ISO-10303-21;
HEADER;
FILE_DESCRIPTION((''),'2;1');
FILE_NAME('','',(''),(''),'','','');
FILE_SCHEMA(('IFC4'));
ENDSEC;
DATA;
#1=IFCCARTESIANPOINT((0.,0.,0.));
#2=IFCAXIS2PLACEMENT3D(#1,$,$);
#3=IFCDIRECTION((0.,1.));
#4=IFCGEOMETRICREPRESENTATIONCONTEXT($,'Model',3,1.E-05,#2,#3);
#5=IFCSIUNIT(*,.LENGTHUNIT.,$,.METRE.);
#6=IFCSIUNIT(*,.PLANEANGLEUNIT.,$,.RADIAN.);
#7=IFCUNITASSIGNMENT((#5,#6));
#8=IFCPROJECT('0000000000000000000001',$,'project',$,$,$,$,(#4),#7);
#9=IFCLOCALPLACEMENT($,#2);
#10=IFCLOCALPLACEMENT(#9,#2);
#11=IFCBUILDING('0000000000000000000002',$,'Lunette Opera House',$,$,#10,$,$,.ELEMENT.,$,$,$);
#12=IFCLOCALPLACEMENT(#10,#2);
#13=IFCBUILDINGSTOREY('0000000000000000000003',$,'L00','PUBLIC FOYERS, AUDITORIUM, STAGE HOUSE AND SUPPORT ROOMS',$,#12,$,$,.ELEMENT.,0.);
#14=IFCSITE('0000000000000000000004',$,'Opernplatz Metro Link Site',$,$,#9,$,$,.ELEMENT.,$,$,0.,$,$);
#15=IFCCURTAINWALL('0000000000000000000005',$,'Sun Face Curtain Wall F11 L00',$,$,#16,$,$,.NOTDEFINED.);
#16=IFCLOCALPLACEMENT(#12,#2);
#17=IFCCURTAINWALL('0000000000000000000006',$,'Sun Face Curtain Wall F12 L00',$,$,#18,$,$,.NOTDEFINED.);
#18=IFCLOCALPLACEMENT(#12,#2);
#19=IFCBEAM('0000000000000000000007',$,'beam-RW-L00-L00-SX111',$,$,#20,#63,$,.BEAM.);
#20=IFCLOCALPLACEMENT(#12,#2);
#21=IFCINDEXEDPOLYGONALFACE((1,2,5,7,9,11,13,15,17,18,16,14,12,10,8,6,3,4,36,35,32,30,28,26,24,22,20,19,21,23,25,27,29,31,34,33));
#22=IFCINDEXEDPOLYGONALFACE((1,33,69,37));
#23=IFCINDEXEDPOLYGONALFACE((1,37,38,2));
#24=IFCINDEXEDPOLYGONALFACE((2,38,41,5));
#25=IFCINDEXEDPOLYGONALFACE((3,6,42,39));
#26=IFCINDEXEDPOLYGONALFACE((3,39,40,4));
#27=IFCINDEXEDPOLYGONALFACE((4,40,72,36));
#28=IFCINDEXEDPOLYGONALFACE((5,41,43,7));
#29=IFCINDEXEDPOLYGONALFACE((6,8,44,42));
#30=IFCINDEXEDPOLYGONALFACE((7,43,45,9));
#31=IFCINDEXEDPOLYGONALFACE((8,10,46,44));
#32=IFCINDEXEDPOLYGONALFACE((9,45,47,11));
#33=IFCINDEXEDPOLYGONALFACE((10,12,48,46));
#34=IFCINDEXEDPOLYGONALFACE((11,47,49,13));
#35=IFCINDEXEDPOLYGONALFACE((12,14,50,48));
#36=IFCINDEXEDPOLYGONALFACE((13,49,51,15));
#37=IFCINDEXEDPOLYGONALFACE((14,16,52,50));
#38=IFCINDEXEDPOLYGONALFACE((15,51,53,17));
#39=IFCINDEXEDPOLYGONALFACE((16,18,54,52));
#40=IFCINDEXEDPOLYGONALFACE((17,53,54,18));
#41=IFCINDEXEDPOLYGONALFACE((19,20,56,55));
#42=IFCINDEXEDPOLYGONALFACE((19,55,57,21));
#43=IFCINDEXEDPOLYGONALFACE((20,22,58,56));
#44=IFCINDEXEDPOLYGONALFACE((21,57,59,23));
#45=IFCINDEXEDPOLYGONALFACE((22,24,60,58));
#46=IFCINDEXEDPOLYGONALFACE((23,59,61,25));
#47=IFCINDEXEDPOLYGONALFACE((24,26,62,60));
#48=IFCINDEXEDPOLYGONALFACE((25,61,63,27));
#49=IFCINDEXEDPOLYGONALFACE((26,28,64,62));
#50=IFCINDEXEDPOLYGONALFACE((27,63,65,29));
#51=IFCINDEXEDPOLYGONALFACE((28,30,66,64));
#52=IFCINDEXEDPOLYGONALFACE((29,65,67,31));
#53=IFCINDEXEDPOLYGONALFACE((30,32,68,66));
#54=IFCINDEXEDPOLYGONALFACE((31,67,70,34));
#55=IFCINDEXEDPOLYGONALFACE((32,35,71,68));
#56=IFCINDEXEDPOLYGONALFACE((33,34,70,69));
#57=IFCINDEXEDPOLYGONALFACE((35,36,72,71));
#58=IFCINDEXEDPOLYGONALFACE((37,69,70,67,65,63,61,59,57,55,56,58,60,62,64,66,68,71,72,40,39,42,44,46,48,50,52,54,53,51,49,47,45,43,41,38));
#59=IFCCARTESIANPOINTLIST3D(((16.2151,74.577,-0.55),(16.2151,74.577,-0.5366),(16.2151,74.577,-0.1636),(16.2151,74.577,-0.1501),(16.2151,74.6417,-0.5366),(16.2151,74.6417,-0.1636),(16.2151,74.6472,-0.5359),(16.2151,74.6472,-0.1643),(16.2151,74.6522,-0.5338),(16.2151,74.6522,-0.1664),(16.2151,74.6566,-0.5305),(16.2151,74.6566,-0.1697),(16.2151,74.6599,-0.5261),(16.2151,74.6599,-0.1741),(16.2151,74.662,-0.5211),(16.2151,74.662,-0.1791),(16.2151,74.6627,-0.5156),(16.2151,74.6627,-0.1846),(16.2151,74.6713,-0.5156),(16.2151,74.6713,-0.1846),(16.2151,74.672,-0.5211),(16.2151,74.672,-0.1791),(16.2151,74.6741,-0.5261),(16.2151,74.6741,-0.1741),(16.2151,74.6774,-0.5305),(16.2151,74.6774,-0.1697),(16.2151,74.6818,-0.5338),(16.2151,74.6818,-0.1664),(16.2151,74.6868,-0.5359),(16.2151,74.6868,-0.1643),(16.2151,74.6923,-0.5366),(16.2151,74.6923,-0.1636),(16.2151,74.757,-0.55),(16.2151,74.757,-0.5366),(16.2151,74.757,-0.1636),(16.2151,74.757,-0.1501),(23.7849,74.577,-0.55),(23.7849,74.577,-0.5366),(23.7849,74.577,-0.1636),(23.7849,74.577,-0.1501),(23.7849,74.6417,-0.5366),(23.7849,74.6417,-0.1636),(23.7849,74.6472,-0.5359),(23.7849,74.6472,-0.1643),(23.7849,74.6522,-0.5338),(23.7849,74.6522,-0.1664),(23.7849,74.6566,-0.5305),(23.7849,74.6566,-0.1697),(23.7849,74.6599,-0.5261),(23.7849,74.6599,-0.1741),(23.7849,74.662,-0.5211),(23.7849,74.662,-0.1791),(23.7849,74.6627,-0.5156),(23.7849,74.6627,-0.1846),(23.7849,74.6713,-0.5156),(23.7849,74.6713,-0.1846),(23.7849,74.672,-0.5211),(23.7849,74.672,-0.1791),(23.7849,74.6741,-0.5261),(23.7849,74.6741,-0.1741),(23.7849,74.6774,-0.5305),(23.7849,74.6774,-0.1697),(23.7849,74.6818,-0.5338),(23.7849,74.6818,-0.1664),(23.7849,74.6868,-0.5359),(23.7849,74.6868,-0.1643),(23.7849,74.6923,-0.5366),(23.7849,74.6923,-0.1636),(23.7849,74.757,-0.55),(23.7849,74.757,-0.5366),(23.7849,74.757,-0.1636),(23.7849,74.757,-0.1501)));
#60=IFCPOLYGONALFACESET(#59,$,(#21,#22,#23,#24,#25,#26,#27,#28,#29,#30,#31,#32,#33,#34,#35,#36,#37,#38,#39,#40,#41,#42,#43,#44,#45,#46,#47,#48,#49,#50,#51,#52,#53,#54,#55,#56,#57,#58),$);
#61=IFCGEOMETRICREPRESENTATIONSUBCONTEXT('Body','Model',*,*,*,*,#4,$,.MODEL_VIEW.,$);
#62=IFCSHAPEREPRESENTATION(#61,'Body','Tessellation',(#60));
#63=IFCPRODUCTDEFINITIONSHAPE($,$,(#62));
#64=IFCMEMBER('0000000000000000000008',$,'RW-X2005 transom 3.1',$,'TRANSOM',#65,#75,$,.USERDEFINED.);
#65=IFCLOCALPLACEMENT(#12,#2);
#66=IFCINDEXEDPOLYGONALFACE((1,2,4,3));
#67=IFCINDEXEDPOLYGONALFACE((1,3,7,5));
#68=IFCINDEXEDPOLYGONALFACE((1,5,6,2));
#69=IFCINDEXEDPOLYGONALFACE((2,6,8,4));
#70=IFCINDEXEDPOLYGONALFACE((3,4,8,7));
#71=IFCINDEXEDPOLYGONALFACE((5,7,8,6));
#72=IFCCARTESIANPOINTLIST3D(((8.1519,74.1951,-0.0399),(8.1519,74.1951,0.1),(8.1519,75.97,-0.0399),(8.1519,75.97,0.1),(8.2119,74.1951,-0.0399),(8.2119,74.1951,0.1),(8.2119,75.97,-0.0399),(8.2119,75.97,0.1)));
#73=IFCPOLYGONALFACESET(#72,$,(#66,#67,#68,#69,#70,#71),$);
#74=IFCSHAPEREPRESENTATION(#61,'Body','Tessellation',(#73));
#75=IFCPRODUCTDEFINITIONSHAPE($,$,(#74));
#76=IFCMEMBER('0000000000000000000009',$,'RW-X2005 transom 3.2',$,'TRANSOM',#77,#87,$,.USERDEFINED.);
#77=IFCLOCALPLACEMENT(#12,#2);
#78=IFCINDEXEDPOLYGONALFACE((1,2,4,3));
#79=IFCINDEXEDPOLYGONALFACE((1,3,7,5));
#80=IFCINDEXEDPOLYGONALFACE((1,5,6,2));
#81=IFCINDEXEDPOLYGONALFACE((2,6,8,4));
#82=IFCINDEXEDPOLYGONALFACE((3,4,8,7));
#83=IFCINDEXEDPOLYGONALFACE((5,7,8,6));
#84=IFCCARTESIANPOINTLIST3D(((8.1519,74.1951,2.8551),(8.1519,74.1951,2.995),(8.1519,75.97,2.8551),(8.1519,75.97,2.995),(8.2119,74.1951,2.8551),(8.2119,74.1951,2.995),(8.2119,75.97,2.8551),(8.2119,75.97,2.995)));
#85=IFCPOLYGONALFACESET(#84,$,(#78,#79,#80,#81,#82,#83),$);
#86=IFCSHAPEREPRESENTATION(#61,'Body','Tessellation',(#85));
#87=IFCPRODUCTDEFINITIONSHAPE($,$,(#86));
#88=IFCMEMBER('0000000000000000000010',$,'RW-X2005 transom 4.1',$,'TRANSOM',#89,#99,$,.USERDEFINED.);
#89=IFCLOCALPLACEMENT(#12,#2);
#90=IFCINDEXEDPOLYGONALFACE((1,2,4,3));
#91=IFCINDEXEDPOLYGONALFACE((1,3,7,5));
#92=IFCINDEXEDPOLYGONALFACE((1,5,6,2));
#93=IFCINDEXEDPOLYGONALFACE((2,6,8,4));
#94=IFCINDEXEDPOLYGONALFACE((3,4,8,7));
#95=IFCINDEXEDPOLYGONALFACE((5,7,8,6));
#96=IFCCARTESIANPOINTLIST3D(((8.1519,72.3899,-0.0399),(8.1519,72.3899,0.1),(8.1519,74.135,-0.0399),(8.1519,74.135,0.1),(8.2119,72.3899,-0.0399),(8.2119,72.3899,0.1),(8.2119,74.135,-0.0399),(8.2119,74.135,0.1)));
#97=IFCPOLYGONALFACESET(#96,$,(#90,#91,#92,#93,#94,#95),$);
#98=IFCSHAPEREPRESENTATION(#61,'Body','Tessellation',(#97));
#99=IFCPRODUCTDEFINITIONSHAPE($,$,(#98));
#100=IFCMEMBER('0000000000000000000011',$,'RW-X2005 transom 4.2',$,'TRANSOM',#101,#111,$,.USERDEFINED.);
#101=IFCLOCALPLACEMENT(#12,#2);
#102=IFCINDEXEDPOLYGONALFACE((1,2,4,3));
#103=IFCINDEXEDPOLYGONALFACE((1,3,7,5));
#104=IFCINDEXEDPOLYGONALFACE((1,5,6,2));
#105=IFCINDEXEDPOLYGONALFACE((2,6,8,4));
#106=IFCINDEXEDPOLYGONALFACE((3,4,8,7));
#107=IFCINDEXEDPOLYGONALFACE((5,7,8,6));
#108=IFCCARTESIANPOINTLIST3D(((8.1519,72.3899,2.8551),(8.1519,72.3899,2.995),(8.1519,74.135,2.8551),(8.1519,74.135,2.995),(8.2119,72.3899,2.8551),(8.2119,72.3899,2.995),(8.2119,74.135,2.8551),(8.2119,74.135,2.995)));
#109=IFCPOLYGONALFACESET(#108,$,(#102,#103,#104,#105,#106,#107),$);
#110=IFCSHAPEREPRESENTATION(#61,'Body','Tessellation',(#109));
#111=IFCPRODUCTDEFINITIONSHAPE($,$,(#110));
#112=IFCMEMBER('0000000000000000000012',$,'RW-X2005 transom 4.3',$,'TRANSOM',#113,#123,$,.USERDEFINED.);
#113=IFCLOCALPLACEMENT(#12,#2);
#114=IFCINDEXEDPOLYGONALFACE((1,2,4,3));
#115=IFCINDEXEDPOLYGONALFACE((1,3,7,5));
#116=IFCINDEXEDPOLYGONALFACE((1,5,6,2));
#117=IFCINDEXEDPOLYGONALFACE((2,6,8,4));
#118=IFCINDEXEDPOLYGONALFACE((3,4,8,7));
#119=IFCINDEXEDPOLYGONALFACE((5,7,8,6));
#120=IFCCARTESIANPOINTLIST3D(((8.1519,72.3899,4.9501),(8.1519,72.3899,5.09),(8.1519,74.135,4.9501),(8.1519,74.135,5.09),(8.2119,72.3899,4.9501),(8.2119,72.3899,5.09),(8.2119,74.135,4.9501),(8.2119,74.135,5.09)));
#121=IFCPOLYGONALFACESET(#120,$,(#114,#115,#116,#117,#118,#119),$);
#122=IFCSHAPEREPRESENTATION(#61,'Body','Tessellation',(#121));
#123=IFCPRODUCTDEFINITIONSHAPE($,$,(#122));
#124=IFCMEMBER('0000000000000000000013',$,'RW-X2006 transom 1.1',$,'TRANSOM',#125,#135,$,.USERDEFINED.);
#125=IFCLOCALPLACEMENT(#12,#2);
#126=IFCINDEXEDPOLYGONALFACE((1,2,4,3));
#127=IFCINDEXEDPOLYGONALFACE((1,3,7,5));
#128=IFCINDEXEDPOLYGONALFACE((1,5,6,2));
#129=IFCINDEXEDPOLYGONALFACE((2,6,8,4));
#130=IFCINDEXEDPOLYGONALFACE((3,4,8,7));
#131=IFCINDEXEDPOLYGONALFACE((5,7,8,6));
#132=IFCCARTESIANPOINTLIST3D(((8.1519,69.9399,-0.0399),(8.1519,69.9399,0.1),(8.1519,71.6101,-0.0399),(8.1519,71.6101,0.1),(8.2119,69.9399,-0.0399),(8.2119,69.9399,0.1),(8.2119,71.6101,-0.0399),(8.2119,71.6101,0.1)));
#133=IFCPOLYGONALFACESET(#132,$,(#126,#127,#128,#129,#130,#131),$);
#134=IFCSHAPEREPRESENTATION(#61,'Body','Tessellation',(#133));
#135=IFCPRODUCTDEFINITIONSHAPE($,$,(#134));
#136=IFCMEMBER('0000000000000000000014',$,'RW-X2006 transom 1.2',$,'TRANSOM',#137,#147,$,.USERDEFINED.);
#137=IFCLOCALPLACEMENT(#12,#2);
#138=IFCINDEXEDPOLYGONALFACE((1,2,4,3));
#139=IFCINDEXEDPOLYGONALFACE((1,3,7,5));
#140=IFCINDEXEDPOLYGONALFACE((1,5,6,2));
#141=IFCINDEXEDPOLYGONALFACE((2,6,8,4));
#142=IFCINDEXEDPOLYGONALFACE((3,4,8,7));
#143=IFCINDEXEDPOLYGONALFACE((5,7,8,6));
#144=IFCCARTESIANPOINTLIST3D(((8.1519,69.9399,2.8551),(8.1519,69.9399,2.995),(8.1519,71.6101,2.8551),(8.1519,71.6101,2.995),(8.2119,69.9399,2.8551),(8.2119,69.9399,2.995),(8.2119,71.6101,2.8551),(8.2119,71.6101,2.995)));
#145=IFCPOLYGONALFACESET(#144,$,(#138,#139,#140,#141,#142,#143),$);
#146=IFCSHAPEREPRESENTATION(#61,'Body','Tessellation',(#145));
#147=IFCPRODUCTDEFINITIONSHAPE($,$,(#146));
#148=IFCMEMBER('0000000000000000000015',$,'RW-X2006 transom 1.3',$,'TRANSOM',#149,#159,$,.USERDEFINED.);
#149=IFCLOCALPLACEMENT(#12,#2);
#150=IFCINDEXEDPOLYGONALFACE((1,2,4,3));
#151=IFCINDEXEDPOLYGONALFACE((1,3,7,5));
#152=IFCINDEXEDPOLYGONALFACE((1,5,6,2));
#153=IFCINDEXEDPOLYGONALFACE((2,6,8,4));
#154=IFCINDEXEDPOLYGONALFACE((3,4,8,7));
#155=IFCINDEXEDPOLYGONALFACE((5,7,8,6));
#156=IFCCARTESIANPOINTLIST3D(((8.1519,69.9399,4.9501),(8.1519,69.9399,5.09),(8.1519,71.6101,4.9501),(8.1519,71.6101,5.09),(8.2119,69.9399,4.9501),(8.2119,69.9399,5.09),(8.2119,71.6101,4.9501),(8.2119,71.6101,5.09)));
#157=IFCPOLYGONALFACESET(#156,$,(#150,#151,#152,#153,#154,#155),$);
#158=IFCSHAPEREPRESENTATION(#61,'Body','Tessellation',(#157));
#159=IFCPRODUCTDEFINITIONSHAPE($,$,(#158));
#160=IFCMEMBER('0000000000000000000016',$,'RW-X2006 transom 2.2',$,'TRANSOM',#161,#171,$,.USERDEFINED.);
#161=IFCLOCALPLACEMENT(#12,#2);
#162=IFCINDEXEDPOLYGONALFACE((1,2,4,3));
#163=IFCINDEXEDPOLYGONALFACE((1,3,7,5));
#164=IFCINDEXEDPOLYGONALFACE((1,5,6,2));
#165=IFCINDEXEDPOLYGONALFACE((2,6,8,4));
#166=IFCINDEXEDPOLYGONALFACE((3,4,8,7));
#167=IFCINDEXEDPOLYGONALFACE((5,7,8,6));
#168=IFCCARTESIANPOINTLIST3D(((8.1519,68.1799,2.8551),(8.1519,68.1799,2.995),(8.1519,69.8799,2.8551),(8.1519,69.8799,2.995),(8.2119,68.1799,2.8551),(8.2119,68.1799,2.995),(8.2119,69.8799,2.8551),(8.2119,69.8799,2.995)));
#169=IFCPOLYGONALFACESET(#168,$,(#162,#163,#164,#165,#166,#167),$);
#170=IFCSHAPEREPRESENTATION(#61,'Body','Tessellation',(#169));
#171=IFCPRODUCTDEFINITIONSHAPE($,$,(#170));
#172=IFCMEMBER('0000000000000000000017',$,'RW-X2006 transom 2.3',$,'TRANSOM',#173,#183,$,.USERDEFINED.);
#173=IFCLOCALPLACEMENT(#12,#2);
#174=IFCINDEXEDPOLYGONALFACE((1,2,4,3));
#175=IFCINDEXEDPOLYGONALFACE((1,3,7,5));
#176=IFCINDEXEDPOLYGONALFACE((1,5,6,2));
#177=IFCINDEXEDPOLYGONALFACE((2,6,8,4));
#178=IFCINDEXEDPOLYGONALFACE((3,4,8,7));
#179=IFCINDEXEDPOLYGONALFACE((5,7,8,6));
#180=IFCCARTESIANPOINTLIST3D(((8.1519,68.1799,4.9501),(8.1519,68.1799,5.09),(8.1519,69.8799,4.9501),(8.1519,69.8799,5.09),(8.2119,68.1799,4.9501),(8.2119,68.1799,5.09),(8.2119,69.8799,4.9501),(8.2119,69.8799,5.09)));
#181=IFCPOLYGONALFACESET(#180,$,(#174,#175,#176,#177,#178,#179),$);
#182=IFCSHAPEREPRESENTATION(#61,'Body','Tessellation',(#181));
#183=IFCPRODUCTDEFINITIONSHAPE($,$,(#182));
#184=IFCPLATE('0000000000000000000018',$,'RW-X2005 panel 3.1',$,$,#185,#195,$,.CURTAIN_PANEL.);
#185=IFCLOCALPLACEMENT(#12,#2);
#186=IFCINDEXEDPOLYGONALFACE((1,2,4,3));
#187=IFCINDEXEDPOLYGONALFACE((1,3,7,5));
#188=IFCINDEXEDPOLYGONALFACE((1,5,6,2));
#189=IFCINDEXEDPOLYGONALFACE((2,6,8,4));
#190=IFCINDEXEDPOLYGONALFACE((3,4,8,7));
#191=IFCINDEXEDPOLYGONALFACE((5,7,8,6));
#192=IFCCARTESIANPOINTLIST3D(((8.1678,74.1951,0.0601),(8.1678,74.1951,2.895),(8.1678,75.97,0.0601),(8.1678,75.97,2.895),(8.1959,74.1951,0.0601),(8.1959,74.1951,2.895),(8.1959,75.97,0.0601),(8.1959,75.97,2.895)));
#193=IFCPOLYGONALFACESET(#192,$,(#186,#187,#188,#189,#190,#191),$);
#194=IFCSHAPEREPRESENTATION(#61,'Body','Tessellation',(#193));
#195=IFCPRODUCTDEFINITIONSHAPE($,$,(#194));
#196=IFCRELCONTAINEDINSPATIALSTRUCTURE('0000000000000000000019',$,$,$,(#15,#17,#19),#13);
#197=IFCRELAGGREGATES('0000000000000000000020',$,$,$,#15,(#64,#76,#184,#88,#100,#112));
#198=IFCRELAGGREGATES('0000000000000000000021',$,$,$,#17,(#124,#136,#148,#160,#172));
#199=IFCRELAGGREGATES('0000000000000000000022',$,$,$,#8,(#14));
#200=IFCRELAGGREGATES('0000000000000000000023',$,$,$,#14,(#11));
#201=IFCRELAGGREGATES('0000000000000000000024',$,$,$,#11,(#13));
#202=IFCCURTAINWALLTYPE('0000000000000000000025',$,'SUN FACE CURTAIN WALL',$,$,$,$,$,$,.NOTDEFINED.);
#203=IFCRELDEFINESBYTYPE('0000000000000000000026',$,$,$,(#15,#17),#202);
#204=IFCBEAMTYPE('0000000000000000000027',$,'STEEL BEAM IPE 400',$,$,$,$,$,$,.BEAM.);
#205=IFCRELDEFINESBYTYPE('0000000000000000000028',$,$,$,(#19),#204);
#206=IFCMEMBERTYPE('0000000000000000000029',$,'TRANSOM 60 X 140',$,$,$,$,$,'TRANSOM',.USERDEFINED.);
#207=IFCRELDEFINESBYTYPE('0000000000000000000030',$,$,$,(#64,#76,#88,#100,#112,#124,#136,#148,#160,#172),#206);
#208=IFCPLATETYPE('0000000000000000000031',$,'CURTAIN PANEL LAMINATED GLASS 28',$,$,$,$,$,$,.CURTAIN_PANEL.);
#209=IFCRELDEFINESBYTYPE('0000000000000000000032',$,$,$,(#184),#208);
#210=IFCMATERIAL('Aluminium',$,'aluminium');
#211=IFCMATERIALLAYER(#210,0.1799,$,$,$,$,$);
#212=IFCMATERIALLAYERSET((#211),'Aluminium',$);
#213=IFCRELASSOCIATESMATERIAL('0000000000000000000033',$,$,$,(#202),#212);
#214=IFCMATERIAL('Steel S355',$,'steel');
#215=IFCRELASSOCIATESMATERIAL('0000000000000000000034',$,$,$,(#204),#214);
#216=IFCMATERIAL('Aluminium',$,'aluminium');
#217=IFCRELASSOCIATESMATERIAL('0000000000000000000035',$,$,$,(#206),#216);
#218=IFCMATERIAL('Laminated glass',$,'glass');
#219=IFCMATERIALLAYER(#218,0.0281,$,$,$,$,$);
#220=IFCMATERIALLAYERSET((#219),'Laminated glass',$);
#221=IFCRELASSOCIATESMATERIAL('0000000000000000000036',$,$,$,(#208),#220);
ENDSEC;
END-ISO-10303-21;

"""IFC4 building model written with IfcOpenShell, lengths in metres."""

from ifc_helpers import new_model, si_unit, direction, frame, origin, origin_2d, place, context, subcontext, project, spatial, rectangle, i_section, extrude, material, layer, layer_set, material_profile, profile_set, type_object, element, aggregate, save


model = new_model("IFC4")

# Units and contexts
model_context = context("Model", 3, precision=1e-05, world=origin(), true_north=direction((0.0, 1.0)))
body_context = subcontext(model_context, "Body", "Model", "MODEL_VIEW")
ifc_project = project(units=[si_unit("LENGTHUNIT", "METRE"), si_unit("PLANEANGLEUNIT", "RADIAN")], contexts=[model_context])

# Site, building, storey
site_placement = place(None, origin())
site = spatial("IfcSite", under=ifc_project, at=site_placement, Name="Opernplatz Metro Link Site", CompositionType="ELEMENT", RefElevation=0.0)
building_placement = place(site_placement, origin())
building = spatial("IfcBuilding", under=site, at=building_placement, Name="Lunette Opera House", CompositionType="ELEMENT")
storey_placement = place(building_placement, origin())
storey = spatial("IfcBuildingStorey", under=building, at=storey_placement, Name="L00", Description="PUBLIC FOYERS, AUDITORIUM, STAGE HOUSE AND SUPPORT ROOMS", CompositionType="ELEMENT", Elevation=0.0)

# Curtain walls
ifc_material_1 = material(Name="Aluminium", Category="aluminium")
ifc_layer_1 = layer(ifc_material_1, 0.1799)
ifc_layer_set_1 = layer_set([ifc_layer_1], Name="Aluminium")
curtain_wall_type = type_object("IfcCurtainWallType", Name="SUN FACE CURTAIN WALL", PredefinedType="NOTDEFINED", material=ifc_layer_set_1)
curtain_wall_1_placement = place(storey_placement, origin())
curtain_wall_1 = element("IfcCurtainWall", 1, at=curtain_wall_1_placement, inside=storey, type_object=curtain_wall_type, Name="Sun Face Curtain Wall F11 L00", PredefinedType="NOTDEFINED")
curtain_wall_2_placement = place(storey_placement, origin())
curtain_wall_2 = element("IfcCurtainWall", 2, at=curtain_wall_2_placement, inside=storey, type_object=curtain_wall_type, Name="Sun Face Curtain Wall F12 L00", PredefinedType="NOTDEFINED")

# Beam
ifc_material_2 = material(Name="Steel S355", Category="steel")
ifc_material_profile_1 = material_profile(ifc_material_2, i_section(OverallWidth=0.1799, OverallDepth=0.3999, WebThickness=0.0085, FlangeThickness=0.0134, FilletRadius=0.021, at=origin_2d()), Name="IPE 400")
ifc_profile_set_1 = profile_set([ifc_material_profile_1], Name="Steel S355")
beam_type_1 = type_object("IfcBeamType", Name="STEEL BEAM IPE 400", PredefinedType="BEAM", material=ifc_profile_set_1)
beam_1_placement = place(storey_placement, frame((16.2151, 74.667, -0.3501), z_axis=(1.0, 0.0, 0.0), x_axis=(0.0, 1.0, 0.0)))
element("IfcBeam", 3, at=beam_1_placement, inside=storey, type_object=beam_type_1, Name="beam-RW-L00-L00-SX111", PredefinedType="BEAM", context=body_context, shape_type="SweptSolid", body=[
    extrude(i_section(OverallWidth=0.1799, OverallDepth=0.3999, WebThickness=0.0085, FlangeThickness=0.0134, FilletRadius=0.021, at=origin_2d()), origin(), (0.0, 0.0, 1.0), 7.5698),
])

# Members
ifc_material_3 = material(Name="Aluminium", Category="aluminium")
ifc_material_profile_2 = material_profile(ifc_material_3, rectangle(XDim=0.0601, YDim=0.1399, at=origin_2d()), Name="TRANSOM 60 X 140")
ifc_profile_set_2 = profile_set([ifc_material_profile_2], Name="Aluminium")
member_type_1 = type_object("IfcMemberType", Name="TRANSOM 60 X 140", ElementType="TRANSOM", PredefinedType="USERDEFINED", material=ifc_profile_set_2)
member_1_placement = place(storey_placement, frame((8.1819, 75.97, 0.03), z_axis=(0.0, -1.0, 0.0), x_axis=(1.0, 0.0, 0.0)))
member_1 = element("IfcMember", 4, at=member_1_placement, type_object=member_type_1, Name="RW-X2005 transom 3.1", ObjectType="TRANSOM", PredefinedType="USERDEFINED", context=body_context, shape_type="SweptSolid", body=[
    extrude(rectangle(XDim=0.0601, YDim=0.1399, at=origin_2d()), origin(), (0.0, 0.0, 1.0), 1.7749),
])
member_2_placement = place(storey_placement, frame((8.1819, 75.97, 2.925), z_axis=(0.0, -1.0, 0.0), x_axis=(1.0, 0.0, 0.0)))
member_2 = element("IfcMember", 5, at=member_2_placement, type_object=member_type_1, Name="RW-X2005 transom 3.2", ObjectType="TRANSOM", PredefinedType="USERDEFINED", context=body_context, shape_type="SweptSolid", body=[
    extrude(rectangle(XDim=0.0601, YDim=0.1399, at=origin_2d()), origin(), (0.0, 0.0, 1.0), 1.7749),
])
member_3_placement = place(storey_placement, frame((8.1819, 74.135, 0.03), z_axis=(0.0, -1.0, 0.0), x_axis=(1.0, 0.0, 0.0)))
member_3 = element("IfcMember", 6, at=member_3_placement, type_object=member_type_1, Name="RW-X2005 transom 4.1", ObjectType="TRANSOM", PredefinedType="USERDEFINED", context=body_context, shape_type="SweptSolid", body=[
    extrude(rectangle(XDim=0.0601, YDim=0.1399, at=origin_2d()), origin(), (0.0, 0.0, 1.0), 1.7451),
])
member_4_placement = place(storey_placement, frame((8.1819, 74.135, 2.925), z_axis=(0.0, -1.0, 0.0), x_axis=(1.0, 0.0, 0.0)))
member_4 = element("IfcMember", 7, at=member_4_placement, type_object=member_type_1, Name="RW-X2005 transom 4.2", ObjectType="TRANSOM", PredefinedType="USERDEFINED", context=body_context, shape_type="SweptSolid", body=[
    extrude(rectangle(XDim=0.0601, YDim=0.1399, at=origin_2d()), origin(), (0.0, 0.0, 1.0), 1.7451),
])
member_5_placement = place(storey_placement, frame((8.1819, 74.135, 5.02), z_axis=(0.0, -1.0, 0.0), x_axis=(1.0, 0.0, 0.0)))
member_5 = element("IfcMember", 8, at=member_5_placement, type_object=member_type_1, Name="RW-X2005 transom 4.3", ObjectType="TRANSOM", PredefinedType="USERDEFINED", context=body_context, shape_type="SweptSolid", body=[
    extrude(rectangle(XDim=0.0601, YDim=0.1399, at=origin_2d()), origin(), (0.0, 0.0, 1.0), 1.7451),
])
member_6_placement = place(storey_placement, frame((8.1819, 71.6101, 0.03), z_axis=(0.0, -1.0, 0.0), x_axis=(1.0, 0.0, 0.0)))
member_6 = element("IfcMember", 9, at=member_6_placement, type_object=member_type_1, Name="RW-X2006 transom 1.1", ObjectType="TRANSOM", PredefinedType="USERDEFINED", context=body_context, shape_type="SweptSolid", body=[
    extrude(rectangle(XDim=0.0601, YDim=0.1399, at=origin_2d()), origin(), (0.0, 0.0, 1.0), 1.6702),
])
member_7_placement = place(storey_placement, frame((8.1819, 71.6101, 2.925), z_axis=(0.0, -1.0, 0.0), x_axis=(1.0, 0.0, 0.0)))
member_7 = element("IfcMember", 10, at=member_7_placement, type_object=member_type_1, Name="RW-X2006 transom 1.2", ObjectType="TRANSOM", PredefinedType="USERDEFINED", context=body_context, shape_type="SweptSolid", body=[
    extrude(rectangle(XDim=0.0601, YDim=0.1399, at=origin_2d()), origin(), (0.0, 0.0, 1.0), 1.6702),
])
member_8_placement = place(storey_placement, frame((8.1819, 71.6101, 5.02), z_axis=(0.0, -1.0, 0.0), x_axis=(1.0, 0.0, 0.0)))
member_8 = element("IfcMember", 11, at=member_8_placement, type_object=member_type_1, Name="RW-X2006 transom 1.3", ObjectType="TRANSOM", PredefinedType="USERDEFINED", context=body_context, shape_type="SweptSolid", body=[
    extrude(rectangle(XDim=0.0601, YDim=0.1399, at=origin_2d()), origin(), (0.0, 0.0, 1.0), 1.6702),
])
member_9_placement = place(storey_placement, frame((8.1819, 69.8799, 2.925), z_axis=(0.0, -1.0, 0.0), x_axis=(1.0, 0.0, 0.0)))
member_9 = element("IfcMember", 12, at=member_9_placement, type_object=member_type_1, Name="RW-X2006 transom 2.2", ObjectType="TRANSOM", PredefinedType="USERDEFINED", context=body_context, shape_type="SweptSolid", body=[
    extrude(rectangle(XDim=0.0601, YDim=0.1399, at=origin_2d()), origin(), (0.0, 0.0, 1.0), 1.7),
])
member_10_placement = place(storey_placement, frame((8.1819, 69.8799, 5.02), z_axis=(0.0, -1.0, 0.0), x_axis=(1.0, 0.0, 0.0)))
member_10 = element("IfcMember", 13, at=member_10_placement, type_object=member_type_1, Name="RW-X2006 transom 2.3", ObjectType="TRANSOM", PredefinedType="USERDEFINED", context=body_context, shape_type="SweptSolid", body=[
    extrude(rectangle(XDim=0.0601, YDim=0.1399, at=origin_2d()), origin(), (0.0, 0.0, 1.0), 1.7),
])

# Plate
ifc_material_4 = material(Name="Laminated glass", Category="glass")
ifc_layer_2 = layer(ifc_material_4, 0.0281)
ifc_layer_set_2 = layer_set([ifc_layer_2], Name="Laminated glass")
plate_type = type_object("IfcPlateType", Name="CURTAIN PANEL LAMINATED GLASS 28", PredefinedType="CURTAIN_PANEL", material=ifc_layer_set_2)
plate_1_placement = place(storey_placement, frame((8.1819, 75.0825, 0.0601), z_axis=(0.0, 0.0, 1.0), x_axis=(0.0, -1.0, 0.0)))
plate_1 = element("IfcPlate", 14, at=plate_1_placement, type_object=plate_type, Name="RW-X2005 panel 3.1", PredefinedType="CURTAIN_PANEL", context=body_context, shape_type="SweptSolid", body=[
    extrude(rectangle(XDim=1.7749, YDim=0.0281, at=origin_2d()), origin(), (0.0, 0.0, 1.0), 2.835),
])
aggregate(curtain_wall_1, [member_1, member_2, plate_1, member_3, member_4, member_5])
aggregate(curtain_wall_2, [member_6, member_7, member_8, member_9, member_10])

save(model, "model.ifc")
